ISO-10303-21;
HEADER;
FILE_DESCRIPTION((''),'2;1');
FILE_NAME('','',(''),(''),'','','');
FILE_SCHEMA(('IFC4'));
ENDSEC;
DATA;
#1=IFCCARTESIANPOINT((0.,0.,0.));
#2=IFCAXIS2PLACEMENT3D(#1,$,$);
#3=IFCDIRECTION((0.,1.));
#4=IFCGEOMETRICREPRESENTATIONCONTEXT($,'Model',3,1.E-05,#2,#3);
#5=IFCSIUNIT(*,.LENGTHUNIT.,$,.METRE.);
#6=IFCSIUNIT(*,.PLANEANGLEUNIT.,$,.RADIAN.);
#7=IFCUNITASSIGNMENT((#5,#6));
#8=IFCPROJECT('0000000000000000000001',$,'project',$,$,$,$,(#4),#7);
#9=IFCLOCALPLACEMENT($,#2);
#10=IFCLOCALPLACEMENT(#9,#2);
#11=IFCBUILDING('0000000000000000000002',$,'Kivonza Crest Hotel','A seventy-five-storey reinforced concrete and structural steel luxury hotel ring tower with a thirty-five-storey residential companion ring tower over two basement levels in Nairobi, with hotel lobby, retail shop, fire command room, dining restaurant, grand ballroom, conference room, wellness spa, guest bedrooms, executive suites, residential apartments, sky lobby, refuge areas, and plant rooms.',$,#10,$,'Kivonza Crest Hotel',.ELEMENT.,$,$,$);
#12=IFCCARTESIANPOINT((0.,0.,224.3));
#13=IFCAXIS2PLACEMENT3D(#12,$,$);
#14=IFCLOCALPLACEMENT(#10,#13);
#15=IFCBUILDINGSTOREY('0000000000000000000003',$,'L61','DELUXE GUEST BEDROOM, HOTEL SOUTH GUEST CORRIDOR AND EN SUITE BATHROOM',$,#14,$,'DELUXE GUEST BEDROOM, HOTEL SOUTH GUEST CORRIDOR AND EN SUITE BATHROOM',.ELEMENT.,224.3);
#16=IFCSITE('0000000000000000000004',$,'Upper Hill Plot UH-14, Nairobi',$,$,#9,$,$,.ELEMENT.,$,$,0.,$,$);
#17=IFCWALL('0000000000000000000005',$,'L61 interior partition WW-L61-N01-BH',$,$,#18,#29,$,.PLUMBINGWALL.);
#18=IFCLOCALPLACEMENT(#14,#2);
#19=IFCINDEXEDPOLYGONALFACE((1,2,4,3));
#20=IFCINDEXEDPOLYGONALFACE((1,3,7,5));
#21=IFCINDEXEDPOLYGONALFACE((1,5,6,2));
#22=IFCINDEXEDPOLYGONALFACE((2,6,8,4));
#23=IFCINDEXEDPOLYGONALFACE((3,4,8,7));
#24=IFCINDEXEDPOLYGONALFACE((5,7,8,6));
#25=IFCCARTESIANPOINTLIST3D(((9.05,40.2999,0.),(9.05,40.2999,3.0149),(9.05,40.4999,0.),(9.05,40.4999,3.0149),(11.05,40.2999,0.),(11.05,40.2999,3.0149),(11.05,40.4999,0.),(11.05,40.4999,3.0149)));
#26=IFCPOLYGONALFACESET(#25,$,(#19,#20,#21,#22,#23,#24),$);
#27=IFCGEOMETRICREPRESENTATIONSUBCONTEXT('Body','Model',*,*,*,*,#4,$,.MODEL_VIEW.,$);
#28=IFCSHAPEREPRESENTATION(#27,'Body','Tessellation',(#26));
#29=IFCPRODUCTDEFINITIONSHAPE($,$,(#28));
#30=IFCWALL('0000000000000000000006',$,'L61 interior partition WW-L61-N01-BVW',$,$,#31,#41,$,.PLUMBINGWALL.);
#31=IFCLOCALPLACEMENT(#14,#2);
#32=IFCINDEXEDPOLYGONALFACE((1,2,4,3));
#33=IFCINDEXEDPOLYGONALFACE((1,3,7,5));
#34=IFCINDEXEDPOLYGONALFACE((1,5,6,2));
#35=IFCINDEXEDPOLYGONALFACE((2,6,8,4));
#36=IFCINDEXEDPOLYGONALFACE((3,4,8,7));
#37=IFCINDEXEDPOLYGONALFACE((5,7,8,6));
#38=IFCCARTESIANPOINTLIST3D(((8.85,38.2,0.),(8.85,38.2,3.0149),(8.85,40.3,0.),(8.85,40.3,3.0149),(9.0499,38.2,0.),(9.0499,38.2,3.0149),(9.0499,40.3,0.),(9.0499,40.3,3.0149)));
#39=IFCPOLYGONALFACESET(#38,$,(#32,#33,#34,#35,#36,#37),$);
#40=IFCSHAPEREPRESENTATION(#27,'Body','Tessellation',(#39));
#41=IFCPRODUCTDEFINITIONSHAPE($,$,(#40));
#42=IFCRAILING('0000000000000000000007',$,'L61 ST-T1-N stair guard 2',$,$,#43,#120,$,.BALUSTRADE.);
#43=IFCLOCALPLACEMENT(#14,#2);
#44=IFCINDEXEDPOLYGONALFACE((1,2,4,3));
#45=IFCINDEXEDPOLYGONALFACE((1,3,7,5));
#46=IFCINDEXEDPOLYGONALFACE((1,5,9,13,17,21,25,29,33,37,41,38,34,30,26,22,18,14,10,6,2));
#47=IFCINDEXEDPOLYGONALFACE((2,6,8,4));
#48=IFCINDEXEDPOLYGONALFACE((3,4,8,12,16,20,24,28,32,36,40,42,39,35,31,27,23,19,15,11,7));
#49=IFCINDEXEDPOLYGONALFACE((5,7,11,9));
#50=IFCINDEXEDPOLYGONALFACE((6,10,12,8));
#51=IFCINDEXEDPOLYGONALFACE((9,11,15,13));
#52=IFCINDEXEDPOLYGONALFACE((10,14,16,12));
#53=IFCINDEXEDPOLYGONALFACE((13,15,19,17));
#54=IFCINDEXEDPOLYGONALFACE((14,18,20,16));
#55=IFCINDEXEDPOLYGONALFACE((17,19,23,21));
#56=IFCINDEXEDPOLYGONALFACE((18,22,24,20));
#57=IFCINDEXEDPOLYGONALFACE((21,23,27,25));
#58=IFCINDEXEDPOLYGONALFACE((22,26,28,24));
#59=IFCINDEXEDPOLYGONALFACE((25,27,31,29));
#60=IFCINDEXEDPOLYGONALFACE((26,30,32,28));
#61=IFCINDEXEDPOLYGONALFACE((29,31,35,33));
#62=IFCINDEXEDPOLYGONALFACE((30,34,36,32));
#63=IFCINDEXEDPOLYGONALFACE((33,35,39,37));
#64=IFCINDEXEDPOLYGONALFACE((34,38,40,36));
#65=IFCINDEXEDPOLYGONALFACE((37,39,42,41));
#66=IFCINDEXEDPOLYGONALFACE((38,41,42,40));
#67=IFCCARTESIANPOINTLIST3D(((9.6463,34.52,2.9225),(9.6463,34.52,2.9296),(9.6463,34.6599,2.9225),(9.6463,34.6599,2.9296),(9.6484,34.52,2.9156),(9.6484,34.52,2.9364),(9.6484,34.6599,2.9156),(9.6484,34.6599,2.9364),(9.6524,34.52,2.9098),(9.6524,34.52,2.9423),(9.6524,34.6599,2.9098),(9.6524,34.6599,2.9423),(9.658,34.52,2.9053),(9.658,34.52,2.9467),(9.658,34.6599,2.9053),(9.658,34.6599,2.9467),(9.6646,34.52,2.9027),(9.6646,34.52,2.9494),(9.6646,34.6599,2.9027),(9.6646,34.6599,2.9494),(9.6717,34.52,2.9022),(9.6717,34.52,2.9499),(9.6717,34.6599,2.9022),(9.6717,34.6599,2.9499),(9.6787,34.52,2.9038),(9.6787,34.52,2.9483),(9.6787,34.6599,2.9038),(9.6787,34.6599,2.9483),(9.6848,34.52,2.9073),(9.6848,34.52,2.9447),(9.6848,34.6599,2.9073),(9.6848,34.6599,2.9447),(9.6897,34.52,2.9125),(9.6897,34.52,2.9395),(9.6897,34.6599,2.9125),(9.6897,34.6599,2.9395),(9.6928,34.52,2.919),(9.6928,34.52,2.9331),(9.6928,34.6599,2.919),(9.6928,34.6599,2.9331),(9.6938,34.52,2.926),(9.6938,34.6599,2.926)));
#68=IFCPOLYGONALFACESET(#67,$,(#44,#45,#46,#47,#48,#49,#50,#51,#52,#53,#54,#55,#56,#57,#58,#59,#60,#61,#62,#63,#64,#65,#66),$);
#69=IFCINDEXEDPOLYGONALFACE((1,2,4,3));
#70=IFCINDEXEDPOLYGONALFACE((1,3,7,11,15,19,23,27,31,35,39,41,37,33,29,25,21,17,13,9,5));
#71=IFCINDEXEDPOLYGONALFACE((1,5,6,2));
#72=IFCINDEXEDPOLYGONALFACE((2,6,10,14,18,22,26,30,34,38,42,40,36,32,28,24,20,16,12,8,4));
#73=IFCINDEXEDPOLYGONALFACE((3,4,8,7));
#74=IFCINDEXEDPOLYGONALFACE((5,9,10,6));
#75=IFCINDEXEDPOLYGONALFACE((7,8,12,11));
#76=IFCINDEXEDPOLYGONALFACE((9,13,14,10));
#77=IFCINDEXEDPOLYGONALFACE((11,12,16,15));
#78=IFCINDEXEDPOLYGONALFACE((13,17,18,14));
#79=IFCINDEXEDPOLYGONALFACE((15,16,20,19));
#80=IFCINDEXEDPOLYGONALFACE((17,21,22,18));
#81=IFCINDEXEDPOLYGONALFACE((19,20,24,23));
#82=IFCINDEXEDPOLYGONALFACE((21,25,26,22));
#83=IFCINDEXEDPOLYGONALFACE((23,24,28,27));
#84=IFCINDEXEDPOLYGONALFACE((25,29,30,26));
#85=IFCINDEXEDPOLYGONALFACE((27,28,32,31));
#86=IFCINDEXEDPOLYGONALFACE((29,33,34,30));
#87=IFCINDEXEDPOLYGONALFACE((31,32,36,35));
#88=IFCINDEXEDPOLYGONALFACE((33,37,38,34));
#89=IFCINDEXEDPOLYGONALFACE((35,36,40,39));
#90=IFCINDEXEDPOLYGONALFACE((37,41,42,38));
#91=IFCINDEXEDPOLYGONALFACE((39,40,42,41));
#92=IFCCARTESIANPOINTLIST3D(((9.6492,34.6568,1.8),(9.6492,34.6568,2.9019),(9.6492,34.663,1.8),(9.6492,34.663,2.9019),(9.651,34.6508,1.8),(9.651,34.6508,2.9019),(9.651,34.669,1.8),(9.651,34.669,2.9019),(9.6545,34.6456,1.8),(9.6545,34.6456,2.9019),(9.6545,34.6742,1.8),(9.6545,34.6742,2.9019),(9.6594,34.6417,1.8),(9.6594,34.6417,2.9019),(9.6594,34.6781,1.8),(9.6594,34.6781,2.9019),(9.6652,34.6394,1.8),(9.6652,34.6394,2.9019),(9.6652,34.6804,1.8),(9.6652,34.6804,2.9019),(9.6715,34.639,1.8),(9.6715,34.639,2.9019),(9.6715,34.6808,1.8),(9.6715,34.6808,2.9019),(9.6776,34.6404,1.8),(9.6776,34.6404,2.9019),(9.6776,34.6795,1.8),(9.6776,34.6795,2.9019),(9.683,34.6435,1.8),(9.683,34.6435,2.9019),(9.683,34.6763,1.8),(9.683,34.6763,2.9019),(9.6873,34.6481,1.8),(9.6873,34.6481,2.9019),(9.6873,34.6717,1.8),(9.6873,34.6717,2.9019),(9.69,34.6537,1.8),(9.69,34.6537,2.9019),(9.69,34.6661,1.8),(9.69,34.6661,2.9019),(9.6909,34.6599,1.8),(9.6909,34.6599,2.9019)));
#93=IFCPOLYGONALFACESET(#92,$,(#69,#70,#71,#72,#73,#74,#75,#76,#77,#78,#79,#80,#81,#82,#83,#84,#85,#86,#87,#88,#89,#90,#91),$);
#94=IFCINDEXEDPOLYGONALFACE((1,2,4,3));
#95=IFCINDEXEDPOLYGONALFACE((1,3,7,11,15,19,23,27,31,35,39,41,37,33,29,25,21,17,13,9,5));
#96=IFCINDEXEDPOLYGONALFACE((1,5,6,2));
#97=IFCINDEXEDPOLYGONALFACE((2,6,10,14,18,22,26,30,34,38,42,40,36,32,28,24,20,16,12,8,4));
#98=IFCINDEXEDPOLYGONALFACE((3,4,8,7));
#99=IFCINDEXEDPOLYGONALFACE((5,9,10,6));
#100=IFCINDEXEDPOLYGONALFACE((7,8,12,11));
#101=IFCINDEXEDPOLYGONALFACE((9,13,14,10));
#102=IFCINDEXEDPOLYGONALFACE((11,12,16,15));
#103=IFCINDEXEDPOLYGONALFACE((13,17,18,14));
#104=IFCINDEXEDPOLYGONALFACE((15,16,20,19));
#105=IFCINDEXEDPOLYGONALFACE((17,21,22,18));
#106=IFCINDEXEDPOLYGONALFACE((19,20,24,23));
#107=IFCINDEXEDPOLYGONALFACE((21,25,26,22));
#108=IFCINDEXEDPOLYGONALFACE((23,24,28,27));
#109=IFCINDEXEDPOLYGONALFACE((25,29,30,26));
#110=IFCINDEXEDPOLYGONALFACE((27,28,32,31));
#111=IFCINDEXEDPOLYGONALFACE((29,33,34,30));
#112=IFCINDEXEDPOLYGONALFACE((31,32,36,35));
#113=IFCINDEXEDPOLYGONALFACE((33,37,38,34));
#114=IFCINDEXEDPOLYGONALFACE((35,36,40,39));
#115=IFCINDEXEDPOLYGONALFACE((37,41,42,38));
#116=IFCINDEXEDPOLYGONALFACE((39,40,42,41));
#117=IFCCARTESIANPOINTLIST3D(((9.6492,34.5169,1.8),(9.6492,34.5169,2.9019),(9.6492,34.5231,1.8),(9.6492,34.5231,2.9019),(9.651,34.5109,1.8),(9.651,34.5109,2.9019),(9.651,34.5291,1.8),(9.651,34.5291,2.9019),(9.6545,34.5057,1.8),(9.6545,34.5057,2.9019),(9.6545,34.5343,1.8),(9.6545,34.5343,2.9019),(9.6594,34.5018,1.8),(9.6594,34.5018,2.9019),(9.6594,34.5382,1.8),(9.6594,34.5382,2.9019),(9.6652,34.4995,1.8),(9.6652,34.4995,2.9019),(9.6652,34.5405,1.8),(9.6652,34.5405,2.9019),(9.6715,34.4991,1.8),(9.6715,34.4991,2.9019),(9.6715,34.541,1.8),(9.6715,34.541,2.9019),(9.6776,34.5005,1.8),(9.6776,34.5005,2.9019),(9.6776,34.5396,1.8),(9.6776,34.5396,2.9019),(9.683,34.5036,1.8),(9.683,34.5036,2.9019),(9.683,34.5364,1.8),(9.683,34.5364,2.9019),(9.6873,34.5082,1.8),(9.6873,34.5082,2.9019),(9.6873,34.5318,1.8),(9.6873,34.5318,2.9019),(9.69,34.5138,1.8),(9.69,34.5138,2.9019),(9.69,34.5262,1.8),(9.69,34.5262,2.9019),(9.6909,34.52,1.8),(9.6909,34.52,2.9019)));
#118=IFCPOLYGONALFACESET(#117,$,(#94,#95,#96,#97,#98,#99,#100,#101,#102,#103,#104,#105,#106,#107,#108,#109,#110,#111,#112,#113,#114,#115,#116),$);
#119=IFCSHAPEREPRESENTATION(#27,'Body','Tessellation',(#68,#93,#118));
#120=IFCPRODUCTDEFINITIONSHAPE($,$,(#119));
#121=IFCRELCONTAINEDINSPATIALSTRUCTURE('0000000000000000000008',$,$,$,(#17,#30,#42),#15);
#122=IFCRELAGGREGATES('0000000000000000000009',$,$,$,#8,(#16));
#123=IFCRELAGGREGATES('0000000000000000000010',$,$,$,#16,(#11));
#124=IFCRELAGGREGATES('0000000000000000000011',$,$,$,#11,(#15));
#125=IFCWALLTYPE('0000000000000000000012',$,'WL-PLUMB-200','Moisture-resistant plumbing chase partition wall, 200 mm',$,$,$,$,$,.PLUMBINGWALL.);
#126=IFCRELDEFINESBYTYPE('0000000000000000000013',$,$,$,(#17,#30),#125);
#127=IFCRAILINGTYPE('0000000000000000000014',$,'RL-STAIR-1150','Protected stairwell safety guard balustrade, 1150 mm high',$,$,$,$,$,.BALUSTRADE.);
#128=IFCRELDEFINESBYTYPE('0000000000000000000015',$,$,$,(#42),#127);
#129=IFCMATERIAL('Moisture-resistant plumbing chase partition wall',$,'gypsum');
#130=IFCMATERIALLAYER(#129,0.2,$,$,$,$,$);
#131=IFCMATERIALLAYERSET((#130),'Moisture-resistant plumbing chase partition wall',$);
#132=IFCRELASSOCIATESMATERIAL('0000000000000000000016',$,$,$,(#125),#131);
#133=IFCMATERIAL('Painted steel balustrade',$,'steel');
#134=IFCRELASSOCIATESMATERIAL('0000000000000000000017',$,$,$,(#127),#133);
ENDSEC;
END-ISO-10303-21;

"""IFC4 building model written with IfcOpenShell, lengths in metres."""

from ifc_helpers import new_model, si_unit, direction, frame, frame_2d, origin, origin_2d, place, context, subcontext, project, spatial, rectangle, circle, extrude, material, layer, layer_set, type_object, element, save


model = new_model("IFC4")

# Units and contexts
model_context = context("Model", 3, precision=1e-05, world=origin(), true_north=direction((0.0, 1.0)))
body_context = subcontext(model_context, "Body", "Model", "MODEL_VIEW")
ifc_project = project(units=[si_unit("LENGTHUNIT", "METRE"), si_unit("PLANEANGLEUNIT", "RADIAN")], contexts=[model_context])

# Site, building, storey
site_placement = place(None, origin())
site = spatial("IfcSite", under=ifc_project, at=site_placement, Name="Upper Hill Plot UH-14, Nairobi", CompositionType="ELEMENT", RefElevation=0.0)
building_placement = place(site_placement, origin())
building = spatial("IfcBuilding", under=site, at=building_placement, Name="Kivonza Crest Hotel", Description="A seventy-five-storey reinforced concrete and structural steel luxury hotel ring tower with a thirty-five-storey residential companion ring tower over two basement levels in Nairobi, with hotel lobby, retail shop, fire command room, dining restaurant, grand ballroom, conference room, wellness spa, guest bedrooms, executive suites, residential apartments, sky lobby, refuge areas, and plant rooms.", LongName="Kivonza Crest Hotel", CompositionType="ELEMENT")
storey_placement = place(building_placement, frame((0.0, 0.0, 224.3)))
storey = spatial("IfcBuildingStorey", under=building, at=storey_placement, Name="L61", Description="DELUXE GUEST BEDROOM, HOTEL SOUTH GUEST CORRIDOR AND EN SUITE BATHROOM", LongName="DELUXE GUEST BEDROOM, HOTEL SOUTH GUEST CORRIDOR AND EN SUITE BATHROOM", CompositionType="ELEMENT", Elevation=224.3)

# Walls
ifc_material_1 = material(Name="Moisture-resistant plumbing chase partition wall", Category="gypsum")
ifc_layer_1 = layer(ifc_material_1, 0.2)
ifc_layer_set_1 = layer_set([ifc_layer_1], Name="Moisture-resistant plumbing chase partition wall")
wall_type_1 = type_object("IfcWallType", Name="WL-PLUMB-200", Description="Moisture-resistant plumbing chase partition wall, 200 mm", PredefinedType="PLUMBINGWALL", material=ifc_layer_set_1)
wall_1_placement = place(storey_placement, frame((9.05, 40.3999, 0.0), z_axis=(0.0, 0.0, 1.0), x_axis=(1.0, 0.0, 0.0)))
element("IfcWall", 1, at=wall_1_placement, inside=storey, type_object=wall_type_1, Name="L61 interior partition WW-L61-N01-BH", PredefinedType="PLUMBINGWALL", context=body_context, shape_type="SweptSolid", body=[
    extrude(rectangle(XDim=2.0, YDim=0.2, at=frame_2d((1.0, 0.0))), origin(), (0.0, 0.0, 1.0), 3.0149),
])
wall_2_placement = place(storey_placement, frame((8.95, 38.2, 0.0), z_axis=(0.0, 0.0, 1.0), x_axis=(0.0, 1.0, 0.0)))
element("IfcWall", 2, at=wall_2_placement, inside=storey, type_object=wall_type_1, Name="L61 interior partition WW-L61-N01-BVW", PredefinedType="PLUMBINGWALL", context=body_context, shape_type="SweptSolid", body=[
    extrude(rectangle(XDim=2.1001, YDim=0.2, at=frame_2d((1.05, 0.0))), origin(), (0.0, 0.0, 1.0), 3.0149),
])

# Railing
ifc_material_2 = material(Name="Painted steel balustrade", Category="steel")
railing_type = type_object("IfcRailingType", Name="RL-STAIR-1150", Description="Protected stairwell safety guard balustrade, 1150 mm high", PredefinedType="BALUSTRADE", material=ifc_material_2)
railing_1_placement = place(storey_placement, frame((9.6699, 34.6599, 1.8)))
element("IfcRailing", 3, at=railing_1_placement, inside=storey, type_object=railing_type, Name="L61 ST-T1-N stair guard 2", PredefinedType="BALUSTRADE", context=body_context, shape_type="SweptSolid", body=[
    extrude(circle(Radius=0.0239, at=origin_2d()), frame((0.0, 0.0, 1.126), z_axis=(0.0, -1.0, 0.0), x_axis=(1.0, 0.0, 0.0)), (0.0, 0.0, 1.0), 0.1399),
    extrude(circle(Radius=0.021, at=origin_2d()), origin(), (0.0, 0.0, 1.0), 1.1018),
    extrude(circle(Radius=0.021, at=origin_2d()), frame((0.0, -0.1399, 0.0)), (0.0, 0.0, 1.0), 1.1018),
])

save(model, "model.ifc")
